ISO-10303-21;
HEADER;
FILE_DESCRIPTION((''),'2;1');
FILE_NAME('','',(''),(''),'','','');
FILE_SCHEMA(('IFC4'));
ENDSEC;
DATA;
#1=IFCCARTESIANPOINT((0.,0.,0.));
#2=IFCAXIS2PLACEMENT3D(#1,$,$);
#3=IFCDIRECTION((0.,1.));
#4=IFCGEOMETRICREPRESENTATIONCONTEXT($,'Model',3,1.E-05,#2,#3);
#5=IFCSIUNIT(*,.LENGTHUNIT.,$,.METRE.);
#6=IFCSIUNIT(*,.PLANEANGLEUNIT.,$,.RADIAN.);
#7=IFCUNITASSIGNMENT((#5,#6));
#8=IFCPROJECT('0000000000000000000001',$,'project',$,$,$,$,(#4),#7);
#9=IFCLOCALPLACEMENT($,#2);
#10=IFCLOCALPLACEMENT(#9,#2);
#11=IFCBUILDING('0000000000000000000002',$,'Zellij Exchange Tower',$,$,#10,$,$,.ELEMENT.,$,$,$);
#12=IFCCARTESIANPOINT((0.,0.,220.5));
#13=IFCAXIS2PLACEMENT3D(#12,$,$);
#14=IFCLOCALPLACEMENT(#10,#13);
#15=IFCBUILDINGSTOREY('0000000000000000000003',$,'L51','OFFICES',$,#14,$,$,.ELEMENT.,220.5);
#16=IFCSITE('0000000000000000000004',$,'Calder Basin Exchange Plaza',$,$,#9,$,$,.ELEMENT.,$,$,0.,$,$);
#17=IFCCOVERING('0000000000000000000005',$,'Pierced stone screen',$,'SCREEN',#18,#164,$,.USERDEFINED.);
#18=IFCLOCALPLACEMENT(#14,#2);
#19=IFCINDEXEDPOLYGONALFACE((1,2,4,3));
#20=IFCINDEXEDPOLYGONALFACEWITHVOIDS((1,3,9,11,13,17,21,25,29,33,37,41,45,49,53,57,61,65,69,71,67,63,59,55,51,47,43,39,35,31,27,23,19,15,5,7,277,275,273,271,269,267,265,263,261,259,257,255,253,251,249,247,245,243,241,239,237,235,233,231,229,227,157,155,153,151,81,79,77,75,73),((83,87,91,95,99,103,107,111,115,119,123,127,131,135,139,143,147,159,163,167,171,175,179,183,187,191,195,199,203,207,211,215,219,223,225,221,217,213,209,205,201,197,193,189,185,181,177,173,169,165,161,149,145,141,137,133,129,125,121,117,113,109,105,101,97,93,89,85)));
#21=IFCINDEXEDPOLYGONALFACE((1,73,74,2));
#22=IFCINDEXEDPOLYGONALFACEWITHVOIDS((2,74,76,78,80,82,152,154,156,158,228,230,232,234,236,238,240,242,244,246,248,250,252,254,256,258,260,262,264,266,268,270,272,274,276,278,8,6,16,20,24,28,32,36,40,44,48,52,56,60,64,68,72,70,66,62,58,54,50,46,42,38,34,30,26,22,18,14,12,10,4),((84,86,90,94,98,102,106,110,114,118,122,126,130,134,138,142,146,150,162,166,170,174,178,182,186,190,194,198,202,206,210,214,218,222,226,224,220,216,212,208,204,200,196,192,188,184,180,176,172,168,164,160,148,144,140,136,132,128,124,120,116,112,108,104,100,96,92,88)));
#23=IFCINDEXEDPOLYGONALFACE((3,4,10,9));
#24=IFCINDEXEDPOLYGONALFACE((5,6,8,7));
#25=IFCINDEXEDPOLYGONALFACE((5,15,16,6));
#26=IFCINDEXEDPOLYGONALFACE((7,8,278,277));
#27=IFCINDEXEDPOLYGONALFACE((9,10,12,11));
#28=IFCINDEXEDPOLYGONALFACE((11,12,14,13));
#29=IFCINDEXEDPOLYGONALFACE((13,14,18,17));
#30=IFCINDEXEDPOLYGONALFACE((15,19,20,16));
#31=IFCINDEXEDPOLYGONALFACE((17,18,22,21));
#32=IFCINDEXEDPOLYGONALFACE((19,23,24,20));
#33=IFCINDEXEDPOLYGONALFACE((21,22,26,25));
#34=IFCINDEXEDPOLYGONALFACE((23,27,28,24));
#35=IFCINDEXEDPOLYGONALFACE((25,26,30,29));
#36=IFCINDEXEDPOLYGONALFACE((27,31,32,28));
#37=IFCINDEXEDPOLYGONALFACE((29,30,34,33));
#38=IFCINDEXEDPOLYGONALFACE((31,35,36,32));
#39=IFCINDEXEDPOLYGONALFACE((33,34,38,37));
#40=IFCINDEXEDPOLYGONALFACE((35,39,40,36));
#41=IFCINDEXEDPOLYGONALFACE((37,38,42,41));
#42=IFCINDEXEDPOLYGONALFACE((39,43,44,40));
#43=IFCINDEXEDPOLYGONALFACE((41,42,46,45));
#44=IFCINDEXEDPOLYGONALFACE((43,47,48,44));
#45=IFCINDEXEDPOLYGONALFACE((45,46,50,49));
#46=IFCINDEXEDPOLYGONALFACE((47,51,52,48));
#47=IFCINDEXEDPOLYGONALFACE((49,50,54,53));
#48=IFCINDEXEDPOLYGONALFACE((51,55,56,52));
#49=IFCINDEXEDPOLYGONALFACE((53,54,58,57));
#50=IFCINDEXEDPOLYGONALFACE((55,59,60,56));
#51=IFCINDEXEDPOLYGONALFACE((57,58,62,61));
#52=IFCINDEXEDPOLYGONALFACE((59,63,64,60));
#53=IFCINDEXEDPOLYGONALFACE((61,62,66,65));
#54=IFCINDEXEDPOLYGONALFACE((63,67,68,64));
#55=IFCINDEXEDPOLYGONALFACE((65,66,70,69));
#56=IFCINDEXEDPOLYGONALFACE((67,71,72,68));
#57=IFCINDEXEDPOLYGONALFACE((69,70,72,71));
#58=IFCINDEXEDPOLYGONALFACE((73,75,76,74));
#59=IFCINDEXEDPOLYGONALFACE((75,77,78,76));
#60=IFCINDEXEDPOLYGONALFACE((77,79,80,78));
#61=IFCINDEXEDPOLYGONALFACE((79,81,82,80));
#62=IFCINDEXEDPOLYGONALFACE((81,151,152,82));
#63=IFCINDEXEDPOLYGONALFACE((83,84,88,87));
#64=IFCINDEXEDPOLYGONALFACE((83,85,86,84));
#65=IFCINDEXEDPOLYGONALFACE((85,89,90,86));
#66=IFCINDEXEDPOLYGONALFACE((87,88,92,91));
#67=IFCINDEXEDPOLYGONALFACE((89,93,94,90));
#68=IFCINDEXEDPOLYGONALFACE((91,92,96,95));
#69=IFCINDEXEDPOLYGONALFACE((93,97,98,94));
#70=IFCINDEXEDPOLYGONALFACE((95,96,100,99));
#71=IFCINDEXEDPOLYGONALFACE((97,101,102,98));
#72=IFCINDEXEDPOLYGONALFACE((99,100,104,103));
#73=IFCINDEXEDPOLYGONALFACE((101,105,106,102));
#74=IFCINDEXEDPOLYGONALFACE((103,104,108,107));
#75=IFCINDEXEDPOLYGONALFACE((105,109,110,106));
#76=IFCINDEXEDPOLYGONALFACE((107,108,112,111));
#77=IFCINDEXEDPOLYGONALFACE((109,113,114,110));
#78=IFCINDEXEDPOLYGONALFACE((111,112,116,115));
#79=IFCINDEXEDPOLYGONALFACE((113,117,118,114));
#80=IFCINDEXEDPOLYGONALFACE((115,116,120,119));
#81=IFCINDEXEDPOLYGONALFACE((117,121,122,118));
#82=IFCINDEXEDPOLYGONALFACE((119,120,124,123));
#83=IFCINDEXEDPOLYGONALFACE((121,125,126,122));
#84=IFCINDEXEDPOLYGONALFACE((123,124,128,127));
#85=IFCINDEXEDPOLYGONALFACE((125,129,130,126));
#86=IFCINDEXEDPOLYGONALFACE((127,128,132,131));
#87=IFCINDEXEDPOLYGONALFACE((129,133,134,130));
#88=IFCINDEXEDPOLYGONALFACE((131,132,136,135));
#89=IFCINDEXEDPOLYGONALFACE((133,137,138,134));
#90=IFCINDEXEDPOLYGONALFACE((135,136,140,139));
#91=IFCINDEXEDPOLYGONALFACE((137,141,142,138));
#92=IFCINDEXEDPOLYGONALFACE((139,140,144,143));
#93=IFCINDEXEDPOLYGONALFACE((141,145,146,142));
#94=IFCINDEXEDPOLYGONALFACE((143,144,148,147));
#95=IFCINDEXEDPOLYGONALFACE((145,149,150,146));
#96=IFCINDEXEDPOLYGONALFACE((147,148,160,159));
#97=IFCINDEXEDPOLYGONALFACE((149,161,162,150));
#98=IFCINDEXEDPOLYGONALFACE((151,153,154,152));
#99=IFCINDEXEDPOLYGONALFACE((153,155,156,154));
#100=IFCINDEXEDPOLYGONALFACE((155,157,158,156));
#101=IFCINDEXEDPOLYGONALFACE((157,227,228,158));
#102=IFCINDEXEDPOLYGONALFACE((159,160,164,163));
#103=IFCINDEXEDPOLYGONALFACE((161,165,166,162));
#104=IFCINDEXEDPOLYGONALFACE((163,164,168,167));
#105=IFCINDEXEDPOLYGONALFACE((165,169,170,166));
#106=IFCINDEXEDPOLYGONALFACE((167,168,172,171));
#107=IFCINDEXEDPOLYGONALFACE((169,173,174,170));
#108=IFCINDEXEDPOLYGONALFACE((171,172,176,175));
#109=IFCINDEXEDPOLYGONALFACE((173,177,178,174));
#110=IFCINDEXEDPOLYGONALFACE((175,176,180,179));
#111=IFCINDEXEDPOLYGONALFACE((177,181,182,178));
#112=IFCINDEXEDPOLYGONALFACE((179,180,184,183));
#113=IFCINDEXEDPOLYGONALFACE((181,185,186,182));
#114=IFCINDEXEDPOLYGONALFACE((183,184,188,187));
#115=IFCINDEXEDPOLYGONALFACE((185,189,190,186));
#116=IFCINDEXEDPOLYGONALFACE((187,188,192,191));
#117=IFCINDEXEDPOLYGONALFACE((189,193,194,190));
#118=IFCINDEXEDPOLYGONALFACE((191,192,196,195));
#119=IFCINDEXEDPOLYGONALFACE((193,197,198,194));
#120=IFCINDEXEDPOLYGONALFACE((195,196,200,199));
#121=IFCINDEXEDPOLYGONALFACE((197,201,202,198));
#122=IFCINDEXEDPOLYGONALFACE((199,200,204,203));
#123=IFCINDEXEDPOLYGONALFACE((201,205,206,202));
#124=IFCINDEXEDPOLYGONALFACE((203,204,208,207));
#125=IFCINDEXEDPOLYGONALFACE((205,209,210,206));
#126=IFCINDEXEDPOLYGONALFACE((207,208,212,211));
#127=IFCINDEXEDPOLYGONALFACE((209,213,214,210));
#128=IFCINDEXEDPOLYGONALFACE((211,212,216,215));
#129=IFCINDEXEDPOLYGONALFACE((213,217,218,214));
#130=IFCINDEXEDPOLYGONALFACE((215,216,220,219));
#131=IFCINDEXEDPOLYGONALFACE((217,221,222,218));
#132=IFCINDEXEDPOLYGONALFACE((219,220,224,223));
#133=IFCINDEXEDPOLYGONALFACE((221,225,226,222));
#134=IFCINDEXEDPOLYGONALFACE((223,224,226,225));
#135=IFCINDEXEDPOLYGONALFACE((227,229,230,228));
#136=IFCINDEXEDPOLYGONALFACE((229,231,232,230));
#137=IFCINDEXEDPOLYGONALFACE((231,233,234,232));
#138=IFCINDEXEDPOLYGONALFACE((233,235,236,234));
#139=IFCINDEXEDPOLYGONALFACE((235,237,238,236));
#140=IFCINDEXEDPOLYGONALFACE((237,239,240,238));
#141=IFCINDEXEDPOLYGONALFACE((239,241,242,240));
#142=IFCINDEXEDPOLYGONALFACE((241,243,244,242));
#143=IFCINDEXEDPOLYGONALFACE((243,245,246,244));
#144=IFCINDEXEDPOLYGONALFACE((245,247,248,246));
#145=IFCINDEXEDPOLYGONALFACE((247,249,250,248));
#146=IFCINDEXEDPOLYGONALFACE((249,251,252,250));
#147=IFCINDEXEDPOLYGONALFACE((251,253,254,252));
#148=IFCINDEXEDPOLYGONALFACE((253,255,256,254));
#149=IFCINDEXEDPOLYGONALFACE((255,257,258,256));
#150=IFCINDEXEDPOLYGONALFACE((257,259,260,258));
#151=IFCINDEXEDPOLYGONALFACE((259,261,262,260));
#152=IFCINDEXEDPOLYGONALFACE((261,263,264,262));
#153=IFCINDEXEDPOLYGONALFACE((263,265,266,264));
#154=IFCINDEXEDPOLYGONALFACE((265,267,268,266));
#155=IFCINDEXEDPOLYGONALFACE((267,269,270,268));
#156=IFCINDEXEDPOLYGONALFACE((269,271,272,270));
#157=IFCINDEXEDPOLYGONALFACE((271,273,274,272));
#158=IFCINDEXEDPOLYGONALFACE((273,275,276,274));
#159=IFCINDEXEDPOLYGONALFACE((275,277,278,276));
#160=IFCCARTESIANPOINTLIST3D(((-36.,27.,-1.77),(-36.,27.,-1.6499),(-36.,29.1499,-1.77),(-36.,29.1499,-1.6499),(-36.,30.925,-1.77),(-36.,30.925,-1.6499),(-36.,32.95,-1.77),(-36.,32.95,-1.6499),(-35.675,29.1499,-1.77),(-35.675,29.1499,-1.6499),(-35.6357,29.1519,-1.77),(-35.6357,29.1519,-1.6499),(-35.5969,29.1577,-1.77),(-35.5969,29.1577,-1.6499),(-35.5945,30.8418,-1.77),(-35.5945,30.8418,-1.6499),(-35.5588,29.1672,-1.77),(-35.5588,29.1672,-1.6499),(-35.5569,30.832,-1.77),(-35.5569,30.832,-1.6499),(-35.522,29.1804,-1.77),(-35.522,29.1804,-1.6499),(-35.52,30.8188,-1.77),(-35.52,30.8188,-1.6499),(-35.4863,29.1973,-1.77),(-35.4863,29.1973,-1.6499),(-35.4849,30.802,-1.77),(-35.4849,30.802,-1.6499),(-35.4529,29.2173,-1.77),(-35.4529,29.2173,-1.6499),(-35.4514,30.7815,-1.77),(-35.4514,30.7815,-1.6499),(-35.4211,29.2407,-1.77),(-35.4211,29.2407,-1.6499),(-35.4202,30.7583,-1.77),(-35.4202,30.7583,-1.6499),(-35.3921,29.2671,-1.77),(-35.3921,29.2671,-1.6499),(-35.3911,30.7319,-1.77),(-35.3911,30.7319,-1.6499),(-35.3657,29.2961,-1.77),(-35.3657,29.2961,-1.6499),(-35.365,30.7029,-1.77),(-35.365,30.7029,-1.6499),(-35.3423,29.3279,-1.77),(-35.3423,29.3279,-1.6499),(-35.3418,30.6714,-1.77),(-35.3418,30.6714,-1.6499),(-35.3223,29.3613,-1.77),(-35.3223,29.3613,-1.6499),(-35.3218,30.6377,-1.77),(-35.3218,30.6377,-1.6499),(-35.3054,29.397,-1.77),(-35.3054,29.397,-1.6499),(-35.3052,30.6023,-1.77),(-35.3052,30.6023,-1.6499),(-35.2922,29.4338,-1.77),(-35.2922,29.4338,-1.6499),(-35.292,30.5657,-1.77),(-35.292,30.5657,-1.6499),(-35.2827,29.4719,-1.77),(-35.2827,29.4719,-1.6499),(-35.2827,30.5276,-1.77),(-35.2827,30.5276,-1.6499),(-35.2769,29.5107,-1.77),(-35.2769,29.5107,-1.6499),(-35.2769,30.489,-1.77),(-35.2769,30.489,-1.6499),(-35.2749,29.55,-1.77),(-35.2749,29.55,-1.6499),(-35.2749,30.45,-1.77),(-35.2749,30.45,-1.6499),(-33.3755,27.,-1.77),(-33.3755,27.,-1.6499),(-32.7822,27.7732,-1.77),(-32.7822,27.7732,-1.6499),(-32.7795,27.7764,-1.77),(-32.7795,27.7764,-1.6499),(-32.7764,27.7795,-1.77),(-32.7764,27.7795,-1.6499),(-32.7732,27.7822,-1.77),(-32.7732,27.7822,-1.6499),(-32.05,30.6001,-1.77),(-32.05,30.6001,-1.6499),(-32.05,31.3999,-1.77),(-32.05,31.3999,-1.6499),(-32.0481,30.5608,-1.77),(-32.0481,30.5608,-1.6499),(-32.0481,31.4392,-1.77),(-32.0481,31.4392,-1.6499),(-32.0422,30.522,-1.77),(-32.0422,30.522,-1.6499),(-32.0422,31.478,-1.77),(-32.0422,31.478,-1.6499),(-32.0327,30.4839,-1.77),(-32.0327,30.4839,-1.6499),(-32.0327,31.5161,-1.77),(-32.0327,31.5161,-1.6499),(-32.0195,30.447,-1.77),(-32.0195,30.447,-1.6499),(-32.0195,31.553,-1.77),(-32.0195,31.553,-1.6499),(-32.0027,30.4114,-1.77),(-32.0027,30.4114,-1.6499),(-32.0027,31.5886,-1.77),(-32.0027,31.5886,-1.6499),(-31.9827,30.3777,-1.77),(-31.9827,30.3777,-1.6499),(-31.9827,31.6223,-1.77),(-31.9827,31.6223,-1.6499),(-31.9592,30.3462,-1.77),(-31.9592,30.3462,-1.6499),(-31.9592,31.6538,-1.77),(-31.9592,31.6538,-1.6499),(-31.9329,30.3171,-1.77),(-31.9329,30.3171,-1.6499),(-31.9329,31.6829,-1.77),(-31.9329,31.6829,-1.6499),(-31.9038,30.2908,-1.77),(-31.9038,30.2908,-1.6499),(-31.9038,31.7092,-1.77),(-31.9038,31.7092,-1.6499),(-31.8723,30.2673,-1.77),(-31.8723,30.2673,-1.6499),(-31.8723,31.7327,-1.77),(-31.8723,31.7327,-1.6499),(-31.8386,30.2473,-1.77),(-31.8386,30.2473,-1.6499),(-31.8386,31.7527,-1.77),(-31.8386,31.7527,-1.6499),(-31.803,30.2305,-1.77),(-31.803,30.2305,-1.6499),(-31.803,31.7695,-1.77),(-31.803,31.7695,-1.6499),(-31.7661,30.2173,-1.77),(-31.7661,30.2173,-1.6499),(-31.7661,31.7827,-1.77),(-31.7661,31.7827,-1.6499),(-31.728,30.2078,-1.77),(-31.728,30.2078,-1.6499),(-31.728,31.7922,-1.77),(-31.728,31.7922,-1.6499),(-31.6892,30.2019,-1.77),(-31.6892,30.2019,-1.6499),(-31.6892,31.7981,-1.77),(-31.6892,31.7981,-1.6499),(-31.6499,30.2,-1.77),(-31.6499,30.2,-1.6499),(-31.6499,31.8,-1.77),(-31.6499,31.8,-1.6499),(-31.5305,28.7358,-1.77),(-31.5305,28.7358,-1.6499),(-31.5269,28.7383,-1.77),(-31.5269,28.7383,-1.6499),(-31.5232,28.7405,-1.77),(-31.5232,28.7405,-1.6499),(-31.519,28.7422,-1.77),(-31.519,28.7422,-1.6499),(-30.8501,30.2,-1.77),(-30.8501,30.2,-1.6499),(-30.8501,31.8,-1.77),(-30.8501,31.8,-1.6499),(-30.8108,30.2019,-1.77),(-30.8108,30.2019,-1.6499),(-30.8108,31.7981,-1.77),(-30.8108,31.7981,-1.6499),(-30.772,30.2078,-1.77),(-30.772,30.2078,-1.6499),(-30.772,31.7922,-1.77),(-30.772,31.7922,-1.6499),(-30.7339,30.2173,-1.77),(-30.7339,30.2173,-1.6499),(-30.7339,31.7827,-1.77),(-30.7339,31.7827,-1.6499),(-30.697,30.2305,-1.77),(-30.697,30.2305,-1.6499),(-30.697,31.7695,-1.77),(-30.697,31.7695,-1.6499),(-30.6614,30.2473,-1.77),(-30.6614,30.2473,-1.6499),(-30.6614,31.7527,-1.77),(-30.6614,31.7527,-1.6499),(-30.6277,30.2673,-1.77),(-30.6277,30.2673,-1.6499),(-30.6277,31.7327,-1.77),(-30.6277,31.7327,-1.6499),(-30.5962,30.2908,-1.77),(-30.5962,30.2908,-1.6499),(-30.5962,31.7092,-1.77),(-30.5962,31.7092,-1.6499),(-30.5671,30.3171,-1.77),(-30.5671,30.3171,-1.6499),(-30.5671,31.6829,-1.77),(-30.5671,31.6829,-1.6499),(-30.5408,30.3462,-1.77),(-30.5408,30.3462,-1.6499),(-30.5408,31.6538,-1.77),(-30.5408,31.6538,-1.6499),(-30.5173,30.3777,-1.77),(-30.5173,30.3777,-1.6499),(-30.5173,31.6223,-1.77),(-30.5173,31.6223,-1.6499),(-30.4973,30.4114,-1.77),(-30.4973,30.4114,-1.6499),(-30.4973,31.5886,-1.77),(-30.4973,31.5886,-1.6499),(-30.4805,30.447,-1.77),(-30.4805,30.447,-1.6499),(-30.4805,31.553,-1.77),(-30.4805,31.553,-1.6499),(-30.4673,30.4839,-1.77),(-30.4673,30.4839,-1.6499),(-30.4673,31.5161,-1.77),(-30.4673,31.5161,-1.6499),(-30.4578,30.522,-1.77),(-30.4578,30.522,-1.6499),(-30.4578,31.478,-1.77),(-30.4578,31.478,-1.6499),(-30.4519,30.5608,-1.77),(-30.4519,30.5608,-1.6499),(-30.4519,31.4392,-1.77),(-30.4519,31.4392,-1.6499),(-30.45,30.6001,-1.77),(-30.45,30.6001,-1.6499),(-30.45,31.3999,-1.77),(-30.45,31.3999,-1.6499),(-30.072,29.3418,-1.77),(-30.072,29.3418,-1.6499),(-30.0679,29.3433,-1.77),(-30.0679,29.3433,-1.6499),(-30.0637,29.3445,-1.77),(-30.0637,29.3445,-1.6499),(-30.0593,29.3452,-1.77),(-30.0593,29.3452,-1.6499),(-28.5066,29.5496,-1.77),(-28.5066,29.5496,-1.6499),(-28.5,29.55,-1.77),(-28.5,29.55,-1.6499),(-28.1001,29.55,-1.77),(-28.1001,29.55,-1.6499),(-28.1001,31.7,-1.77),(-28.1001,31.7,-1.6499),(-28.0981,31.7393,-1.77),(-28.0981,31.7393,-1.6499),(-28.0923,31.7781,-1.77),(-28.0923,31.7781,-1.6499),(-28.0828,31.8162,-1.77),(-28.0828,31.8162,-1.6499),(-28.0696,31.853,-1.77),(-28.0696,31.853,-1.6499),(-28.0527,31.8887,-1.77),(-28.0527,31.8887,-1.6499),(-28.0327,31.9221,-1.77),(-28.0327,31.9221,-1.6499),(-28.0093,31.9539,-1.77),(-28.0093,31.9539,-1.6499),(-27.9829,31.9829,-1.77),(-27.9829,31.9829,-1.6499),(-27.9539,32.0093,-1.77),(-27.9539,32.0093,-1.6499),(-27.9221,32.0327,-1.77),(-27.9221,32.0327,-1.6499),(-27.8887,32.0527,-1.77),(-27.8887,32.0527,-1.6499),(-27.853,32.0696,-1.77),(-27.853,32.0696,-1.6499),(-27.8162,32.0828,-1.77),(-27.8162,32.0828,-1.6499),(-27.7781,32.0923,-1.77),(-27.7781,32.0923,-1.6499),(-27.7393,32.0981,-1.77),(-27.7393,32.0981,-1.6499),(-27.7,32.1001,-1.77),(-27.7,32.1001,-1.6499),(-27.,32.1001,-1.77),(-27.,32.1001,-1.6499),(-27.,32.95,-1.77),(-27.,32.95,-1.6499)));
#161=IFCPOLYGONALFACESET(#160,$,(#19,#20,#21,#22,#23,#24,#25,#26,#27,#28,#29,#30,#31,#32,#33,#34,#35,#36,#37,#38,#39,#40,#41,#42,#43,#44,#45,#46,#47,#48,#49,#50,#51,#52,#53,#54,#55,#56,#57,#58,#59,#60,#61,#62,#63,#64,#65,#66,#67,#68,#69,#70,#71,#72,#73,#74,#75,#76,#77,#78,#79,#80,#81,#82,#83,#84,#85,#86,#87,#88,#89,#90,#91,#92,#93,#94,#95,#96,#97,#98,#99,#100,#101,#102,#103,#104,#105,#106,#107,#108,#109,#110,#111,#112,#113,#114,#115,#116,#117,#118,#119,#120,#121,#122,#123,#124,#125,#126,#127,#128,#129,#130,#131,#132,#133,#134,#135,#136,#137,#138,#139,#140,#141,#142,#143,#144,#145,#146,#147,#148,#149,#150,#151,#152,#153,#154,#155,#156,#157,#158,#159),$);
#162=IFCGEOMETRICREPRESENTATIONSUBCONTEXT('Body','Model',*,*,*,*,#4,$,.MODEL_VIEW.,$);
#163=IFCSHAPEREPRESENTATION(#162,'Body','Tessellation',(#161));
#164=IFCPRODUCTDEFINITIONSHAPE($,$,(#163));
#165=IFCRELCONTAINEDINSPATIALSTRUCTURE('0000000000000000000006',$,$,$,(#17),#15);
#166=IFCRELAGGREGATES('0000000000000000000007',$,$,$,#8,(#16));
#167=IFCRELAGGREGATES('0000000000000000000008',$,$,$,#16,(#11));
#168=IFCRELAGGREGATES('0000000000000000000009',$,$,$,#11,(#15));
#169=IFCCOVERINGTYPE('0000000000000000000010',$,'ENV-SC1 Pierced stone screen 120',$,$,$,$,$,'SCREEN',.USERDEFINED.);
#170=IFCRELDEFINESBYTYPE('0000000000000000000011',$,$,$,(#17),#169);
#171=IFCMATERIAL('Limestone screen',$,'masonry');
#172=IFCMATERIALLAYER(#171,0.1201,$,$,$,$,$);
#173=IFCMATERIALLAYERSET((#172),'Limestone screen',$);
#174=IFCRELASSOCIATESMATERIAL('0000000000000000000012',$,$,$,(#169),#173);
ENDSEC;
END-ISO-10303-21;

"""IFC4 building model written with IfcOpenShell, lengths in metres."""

from ifc_helpers import new_model, si_unit, direction, frame, origin, place, context, subcontext, project, spatial, polyline, outline, extrude, material, layer, layer_set, type_object, element, save


model = new_model("IFC4")

# Units and contexts
model_context = context("Model", 3, precision=1e-05, world=origin(), true_north=direction((0.0, 1.0)))
body_context = subcontext(model_context, "Body", "Model", "MODEL_VIEW")
ifc_project = project(units=[si_unit("LENGTHUNIT", "METRE"), si_unit("PLANEANGLEUNIT", "RADIAN")], contexts=[model_context])

# Site, building, storey
site_placement = place(None, origin())
site = spatial("IfcSite", under=ifc_project, at=site_placement, Name="Calder Basin Exchange Plaza", CompositionType="ELEMENT", RefElevation=0.0)
building_placement = place(site_placement, origin())
building = spatial("IfcBuilding", under=site, at=building_placement, Name="Zellij Exchange Tower", CompositionType="ELEMENT")
storey_placement = place(building_placement, frame((0.0, 0.0, 220.5)))
storey = spatial("IfcBuildingStorey", under=building, at=storey_placement, Name="L51", Description="OFFICES", CompositionType="ELEMENT", Elevation=220.5)

# Covering
ifc_material_1 = material(Name="Limestone screen", Category="masonry")
ifc_layer_1 = layer(ifc_material_1, 0.1201)
ifc_layer_set_1 = layer_set([ifc_layer_1], Name="Limestone screen")
covering_type_1 = type_object("IfcCoveringType", Name="ENV-SC1 Pierced stone screen 120", ElementType="SCREEN", PredefinedType="USERDEFINED", material=ifc_layer_set_1)
covering_1_placement = place(storey_placement, frame((0.0, 0.0, -1.77)))
element("IfcCovering", 1, at=covering_1_placement, inside=storey, type_object=covering_type_1, Name="Pierced stone screen", ObjectType="SCREEN", PredefinedType="USERDEFINED", context=body_context, shape_type="SweptSolid", body=[
    extrude(outline(polyline([(-27.0, 32.95), (-27.0, 32.1001), (-27.7, 32.1001), (-27.7393, 32.0981), (-27.7781, 32.0923), (-27.8162, 32.0828), (-27.853, 32.0696), (-27.8887, 32.0527), (-27.9221, 32.0327), (-27.9539, 32.0093), (-27.9829, 31.9829), (-28.0093, 31.9539), (-28.0327, 31.9221), (-28.0527, 31.8887), (-28.0696, 31.853), (-28.0828, 31.8162), (-28.0923, 31.7781), (-28.0981, 31.7393), (-28.1001, 31.7), (-28.1001, 29.55), (-28.5, 29.55), (-28.5066, 29.5496), (-30.0593, 29.3452), (-30.0637, 29.3445), (-30.0679, 29.3433), (-30.072, 29.3418), (-31.519, 28.7422), (-31.5232, 28.7405), (-31.5269, 28.7383), (-31.5305, 28.7358), (-32.7732, 27.7822), (-32.7764, 27.7795), (-32.7795, 27.7764), (-32.7822, 27.7732), (-33.3755, 27.0), (-36.0, 27.0), (-36.0, 29.1499), (-35.675, 29.1499), (-35.6357, 29.1519), (-35.5969, 29.1577), (-35.5588, 29.1672), (-35.522, 29.1804), (-35.4863, 29.1973), (-35.4529, 29.2173), (-35.4211, 29.2407), (-35.3921, 29.2671), (-35.3657, 29.2961), (-35.3423, 29.3279), (-35.3223, 29.3613), (-35.3054, 29.397), (-35.2922, 29.4338), (-35.2827, 29.4719), (-35.2769, 29.5107), (-35.2749, 29.55), (-35.2749, 30.45), (-35.2769, 30.489), (-35.2827, 30.5276), (-35.292, 30.5657), (-35.3052, 30.6023), (-35.3218, 30.6377), (-35.3418, 30.6714), (-35.365, 30.7029), (-35.3911, 30.7319), (-35.4202, 30.7583), (-35.4514, 30.7815), (-35.4849, 30.802), (-35.52, 30.8188), (-35.5569, 30.832), (-35.5945, 30.8418), (-36.0, 30.925), (-36.0, 32.95), (-27.0, 32.95)]), holes=[polyline([(-31.7661, 30.2173), (-31.728, 30.2078), (-31.6892, 30.2019), (-31.6499, 30.2), (-30.8501, 30.2), (-30.8108, 30.2019), (-30.772, 30.2078), (-30.7339, 30.2173), (-30.697, 30.2305), (-30.6614, 30.2473), (-30.6277, 30.2673), (-30.5962, 30.2908), (-30.5671, 30.3171), (-30.5408, 30.3462), (-30.5173, 30.3777), (-30.4973, 30.4114), (-30.4805, 30.447), (-30.4673, 30.4839), (-30.4578, 30.522), (-30.4519, 30.5608), (-30.45, 30.6001), (-30.45, 31.3999), (-30.4519, 31.4392), (-30.4578, 31.478), (-30.4673, 31.5161), (-30.4805, 31.553), (-30.4973, 31.5886), (-30.5173, 31.6223), (-30.5408, 31.6538), (-30.5671, 31.6829), (-30.5962, 31.7092), (-30.6277, 31.7327), (-30.6614, 31.7527), (-30.697, 31.7695), (-30.7339, 31.7827), (-30.772, 31.7922), (-30.8108, 31.7981), (-30.8501, 31.8), (-31.6499, 31.8), (-31.6892, 31.7981), (-31.728, 31.7922), (-31.7661, 31.7827), (-31.803, 31.7695), (-31.8386, 31.7527), (-31.8723, 31.7327), (-31.9038, 31.7092), (-31.9329, 31.6829), (-31.9592, 31.6538), (-31.9827, 31.6223), (-32.0027, 31.5886), (-32.0195, 31.553), (-32.0327, 31.5161), (-32.0422, 31.478), (-32.0481, 31.4392), (-32.05, 31.3999), (-32.05, 30.6001), (-32.0481, 30.5608), (-32.0422, 30.522), (-32.0327, 30.4839), (-32.0195, 30.447), (-32.0027, 30.4114), (-31.9827, 30.3777), (-31.9592, 30.3462), (-31.9329, 30.3171), (-31.9038, 30.2908), (-31.8723, 30.2673), (-31.8386, 30.2473), (-31.803, 30.2305), (-31.7661, 30.2173)])]), origin(), (0.0, 0.0, 1.0), 0.1201),
])

save(model, "model.ifc")
